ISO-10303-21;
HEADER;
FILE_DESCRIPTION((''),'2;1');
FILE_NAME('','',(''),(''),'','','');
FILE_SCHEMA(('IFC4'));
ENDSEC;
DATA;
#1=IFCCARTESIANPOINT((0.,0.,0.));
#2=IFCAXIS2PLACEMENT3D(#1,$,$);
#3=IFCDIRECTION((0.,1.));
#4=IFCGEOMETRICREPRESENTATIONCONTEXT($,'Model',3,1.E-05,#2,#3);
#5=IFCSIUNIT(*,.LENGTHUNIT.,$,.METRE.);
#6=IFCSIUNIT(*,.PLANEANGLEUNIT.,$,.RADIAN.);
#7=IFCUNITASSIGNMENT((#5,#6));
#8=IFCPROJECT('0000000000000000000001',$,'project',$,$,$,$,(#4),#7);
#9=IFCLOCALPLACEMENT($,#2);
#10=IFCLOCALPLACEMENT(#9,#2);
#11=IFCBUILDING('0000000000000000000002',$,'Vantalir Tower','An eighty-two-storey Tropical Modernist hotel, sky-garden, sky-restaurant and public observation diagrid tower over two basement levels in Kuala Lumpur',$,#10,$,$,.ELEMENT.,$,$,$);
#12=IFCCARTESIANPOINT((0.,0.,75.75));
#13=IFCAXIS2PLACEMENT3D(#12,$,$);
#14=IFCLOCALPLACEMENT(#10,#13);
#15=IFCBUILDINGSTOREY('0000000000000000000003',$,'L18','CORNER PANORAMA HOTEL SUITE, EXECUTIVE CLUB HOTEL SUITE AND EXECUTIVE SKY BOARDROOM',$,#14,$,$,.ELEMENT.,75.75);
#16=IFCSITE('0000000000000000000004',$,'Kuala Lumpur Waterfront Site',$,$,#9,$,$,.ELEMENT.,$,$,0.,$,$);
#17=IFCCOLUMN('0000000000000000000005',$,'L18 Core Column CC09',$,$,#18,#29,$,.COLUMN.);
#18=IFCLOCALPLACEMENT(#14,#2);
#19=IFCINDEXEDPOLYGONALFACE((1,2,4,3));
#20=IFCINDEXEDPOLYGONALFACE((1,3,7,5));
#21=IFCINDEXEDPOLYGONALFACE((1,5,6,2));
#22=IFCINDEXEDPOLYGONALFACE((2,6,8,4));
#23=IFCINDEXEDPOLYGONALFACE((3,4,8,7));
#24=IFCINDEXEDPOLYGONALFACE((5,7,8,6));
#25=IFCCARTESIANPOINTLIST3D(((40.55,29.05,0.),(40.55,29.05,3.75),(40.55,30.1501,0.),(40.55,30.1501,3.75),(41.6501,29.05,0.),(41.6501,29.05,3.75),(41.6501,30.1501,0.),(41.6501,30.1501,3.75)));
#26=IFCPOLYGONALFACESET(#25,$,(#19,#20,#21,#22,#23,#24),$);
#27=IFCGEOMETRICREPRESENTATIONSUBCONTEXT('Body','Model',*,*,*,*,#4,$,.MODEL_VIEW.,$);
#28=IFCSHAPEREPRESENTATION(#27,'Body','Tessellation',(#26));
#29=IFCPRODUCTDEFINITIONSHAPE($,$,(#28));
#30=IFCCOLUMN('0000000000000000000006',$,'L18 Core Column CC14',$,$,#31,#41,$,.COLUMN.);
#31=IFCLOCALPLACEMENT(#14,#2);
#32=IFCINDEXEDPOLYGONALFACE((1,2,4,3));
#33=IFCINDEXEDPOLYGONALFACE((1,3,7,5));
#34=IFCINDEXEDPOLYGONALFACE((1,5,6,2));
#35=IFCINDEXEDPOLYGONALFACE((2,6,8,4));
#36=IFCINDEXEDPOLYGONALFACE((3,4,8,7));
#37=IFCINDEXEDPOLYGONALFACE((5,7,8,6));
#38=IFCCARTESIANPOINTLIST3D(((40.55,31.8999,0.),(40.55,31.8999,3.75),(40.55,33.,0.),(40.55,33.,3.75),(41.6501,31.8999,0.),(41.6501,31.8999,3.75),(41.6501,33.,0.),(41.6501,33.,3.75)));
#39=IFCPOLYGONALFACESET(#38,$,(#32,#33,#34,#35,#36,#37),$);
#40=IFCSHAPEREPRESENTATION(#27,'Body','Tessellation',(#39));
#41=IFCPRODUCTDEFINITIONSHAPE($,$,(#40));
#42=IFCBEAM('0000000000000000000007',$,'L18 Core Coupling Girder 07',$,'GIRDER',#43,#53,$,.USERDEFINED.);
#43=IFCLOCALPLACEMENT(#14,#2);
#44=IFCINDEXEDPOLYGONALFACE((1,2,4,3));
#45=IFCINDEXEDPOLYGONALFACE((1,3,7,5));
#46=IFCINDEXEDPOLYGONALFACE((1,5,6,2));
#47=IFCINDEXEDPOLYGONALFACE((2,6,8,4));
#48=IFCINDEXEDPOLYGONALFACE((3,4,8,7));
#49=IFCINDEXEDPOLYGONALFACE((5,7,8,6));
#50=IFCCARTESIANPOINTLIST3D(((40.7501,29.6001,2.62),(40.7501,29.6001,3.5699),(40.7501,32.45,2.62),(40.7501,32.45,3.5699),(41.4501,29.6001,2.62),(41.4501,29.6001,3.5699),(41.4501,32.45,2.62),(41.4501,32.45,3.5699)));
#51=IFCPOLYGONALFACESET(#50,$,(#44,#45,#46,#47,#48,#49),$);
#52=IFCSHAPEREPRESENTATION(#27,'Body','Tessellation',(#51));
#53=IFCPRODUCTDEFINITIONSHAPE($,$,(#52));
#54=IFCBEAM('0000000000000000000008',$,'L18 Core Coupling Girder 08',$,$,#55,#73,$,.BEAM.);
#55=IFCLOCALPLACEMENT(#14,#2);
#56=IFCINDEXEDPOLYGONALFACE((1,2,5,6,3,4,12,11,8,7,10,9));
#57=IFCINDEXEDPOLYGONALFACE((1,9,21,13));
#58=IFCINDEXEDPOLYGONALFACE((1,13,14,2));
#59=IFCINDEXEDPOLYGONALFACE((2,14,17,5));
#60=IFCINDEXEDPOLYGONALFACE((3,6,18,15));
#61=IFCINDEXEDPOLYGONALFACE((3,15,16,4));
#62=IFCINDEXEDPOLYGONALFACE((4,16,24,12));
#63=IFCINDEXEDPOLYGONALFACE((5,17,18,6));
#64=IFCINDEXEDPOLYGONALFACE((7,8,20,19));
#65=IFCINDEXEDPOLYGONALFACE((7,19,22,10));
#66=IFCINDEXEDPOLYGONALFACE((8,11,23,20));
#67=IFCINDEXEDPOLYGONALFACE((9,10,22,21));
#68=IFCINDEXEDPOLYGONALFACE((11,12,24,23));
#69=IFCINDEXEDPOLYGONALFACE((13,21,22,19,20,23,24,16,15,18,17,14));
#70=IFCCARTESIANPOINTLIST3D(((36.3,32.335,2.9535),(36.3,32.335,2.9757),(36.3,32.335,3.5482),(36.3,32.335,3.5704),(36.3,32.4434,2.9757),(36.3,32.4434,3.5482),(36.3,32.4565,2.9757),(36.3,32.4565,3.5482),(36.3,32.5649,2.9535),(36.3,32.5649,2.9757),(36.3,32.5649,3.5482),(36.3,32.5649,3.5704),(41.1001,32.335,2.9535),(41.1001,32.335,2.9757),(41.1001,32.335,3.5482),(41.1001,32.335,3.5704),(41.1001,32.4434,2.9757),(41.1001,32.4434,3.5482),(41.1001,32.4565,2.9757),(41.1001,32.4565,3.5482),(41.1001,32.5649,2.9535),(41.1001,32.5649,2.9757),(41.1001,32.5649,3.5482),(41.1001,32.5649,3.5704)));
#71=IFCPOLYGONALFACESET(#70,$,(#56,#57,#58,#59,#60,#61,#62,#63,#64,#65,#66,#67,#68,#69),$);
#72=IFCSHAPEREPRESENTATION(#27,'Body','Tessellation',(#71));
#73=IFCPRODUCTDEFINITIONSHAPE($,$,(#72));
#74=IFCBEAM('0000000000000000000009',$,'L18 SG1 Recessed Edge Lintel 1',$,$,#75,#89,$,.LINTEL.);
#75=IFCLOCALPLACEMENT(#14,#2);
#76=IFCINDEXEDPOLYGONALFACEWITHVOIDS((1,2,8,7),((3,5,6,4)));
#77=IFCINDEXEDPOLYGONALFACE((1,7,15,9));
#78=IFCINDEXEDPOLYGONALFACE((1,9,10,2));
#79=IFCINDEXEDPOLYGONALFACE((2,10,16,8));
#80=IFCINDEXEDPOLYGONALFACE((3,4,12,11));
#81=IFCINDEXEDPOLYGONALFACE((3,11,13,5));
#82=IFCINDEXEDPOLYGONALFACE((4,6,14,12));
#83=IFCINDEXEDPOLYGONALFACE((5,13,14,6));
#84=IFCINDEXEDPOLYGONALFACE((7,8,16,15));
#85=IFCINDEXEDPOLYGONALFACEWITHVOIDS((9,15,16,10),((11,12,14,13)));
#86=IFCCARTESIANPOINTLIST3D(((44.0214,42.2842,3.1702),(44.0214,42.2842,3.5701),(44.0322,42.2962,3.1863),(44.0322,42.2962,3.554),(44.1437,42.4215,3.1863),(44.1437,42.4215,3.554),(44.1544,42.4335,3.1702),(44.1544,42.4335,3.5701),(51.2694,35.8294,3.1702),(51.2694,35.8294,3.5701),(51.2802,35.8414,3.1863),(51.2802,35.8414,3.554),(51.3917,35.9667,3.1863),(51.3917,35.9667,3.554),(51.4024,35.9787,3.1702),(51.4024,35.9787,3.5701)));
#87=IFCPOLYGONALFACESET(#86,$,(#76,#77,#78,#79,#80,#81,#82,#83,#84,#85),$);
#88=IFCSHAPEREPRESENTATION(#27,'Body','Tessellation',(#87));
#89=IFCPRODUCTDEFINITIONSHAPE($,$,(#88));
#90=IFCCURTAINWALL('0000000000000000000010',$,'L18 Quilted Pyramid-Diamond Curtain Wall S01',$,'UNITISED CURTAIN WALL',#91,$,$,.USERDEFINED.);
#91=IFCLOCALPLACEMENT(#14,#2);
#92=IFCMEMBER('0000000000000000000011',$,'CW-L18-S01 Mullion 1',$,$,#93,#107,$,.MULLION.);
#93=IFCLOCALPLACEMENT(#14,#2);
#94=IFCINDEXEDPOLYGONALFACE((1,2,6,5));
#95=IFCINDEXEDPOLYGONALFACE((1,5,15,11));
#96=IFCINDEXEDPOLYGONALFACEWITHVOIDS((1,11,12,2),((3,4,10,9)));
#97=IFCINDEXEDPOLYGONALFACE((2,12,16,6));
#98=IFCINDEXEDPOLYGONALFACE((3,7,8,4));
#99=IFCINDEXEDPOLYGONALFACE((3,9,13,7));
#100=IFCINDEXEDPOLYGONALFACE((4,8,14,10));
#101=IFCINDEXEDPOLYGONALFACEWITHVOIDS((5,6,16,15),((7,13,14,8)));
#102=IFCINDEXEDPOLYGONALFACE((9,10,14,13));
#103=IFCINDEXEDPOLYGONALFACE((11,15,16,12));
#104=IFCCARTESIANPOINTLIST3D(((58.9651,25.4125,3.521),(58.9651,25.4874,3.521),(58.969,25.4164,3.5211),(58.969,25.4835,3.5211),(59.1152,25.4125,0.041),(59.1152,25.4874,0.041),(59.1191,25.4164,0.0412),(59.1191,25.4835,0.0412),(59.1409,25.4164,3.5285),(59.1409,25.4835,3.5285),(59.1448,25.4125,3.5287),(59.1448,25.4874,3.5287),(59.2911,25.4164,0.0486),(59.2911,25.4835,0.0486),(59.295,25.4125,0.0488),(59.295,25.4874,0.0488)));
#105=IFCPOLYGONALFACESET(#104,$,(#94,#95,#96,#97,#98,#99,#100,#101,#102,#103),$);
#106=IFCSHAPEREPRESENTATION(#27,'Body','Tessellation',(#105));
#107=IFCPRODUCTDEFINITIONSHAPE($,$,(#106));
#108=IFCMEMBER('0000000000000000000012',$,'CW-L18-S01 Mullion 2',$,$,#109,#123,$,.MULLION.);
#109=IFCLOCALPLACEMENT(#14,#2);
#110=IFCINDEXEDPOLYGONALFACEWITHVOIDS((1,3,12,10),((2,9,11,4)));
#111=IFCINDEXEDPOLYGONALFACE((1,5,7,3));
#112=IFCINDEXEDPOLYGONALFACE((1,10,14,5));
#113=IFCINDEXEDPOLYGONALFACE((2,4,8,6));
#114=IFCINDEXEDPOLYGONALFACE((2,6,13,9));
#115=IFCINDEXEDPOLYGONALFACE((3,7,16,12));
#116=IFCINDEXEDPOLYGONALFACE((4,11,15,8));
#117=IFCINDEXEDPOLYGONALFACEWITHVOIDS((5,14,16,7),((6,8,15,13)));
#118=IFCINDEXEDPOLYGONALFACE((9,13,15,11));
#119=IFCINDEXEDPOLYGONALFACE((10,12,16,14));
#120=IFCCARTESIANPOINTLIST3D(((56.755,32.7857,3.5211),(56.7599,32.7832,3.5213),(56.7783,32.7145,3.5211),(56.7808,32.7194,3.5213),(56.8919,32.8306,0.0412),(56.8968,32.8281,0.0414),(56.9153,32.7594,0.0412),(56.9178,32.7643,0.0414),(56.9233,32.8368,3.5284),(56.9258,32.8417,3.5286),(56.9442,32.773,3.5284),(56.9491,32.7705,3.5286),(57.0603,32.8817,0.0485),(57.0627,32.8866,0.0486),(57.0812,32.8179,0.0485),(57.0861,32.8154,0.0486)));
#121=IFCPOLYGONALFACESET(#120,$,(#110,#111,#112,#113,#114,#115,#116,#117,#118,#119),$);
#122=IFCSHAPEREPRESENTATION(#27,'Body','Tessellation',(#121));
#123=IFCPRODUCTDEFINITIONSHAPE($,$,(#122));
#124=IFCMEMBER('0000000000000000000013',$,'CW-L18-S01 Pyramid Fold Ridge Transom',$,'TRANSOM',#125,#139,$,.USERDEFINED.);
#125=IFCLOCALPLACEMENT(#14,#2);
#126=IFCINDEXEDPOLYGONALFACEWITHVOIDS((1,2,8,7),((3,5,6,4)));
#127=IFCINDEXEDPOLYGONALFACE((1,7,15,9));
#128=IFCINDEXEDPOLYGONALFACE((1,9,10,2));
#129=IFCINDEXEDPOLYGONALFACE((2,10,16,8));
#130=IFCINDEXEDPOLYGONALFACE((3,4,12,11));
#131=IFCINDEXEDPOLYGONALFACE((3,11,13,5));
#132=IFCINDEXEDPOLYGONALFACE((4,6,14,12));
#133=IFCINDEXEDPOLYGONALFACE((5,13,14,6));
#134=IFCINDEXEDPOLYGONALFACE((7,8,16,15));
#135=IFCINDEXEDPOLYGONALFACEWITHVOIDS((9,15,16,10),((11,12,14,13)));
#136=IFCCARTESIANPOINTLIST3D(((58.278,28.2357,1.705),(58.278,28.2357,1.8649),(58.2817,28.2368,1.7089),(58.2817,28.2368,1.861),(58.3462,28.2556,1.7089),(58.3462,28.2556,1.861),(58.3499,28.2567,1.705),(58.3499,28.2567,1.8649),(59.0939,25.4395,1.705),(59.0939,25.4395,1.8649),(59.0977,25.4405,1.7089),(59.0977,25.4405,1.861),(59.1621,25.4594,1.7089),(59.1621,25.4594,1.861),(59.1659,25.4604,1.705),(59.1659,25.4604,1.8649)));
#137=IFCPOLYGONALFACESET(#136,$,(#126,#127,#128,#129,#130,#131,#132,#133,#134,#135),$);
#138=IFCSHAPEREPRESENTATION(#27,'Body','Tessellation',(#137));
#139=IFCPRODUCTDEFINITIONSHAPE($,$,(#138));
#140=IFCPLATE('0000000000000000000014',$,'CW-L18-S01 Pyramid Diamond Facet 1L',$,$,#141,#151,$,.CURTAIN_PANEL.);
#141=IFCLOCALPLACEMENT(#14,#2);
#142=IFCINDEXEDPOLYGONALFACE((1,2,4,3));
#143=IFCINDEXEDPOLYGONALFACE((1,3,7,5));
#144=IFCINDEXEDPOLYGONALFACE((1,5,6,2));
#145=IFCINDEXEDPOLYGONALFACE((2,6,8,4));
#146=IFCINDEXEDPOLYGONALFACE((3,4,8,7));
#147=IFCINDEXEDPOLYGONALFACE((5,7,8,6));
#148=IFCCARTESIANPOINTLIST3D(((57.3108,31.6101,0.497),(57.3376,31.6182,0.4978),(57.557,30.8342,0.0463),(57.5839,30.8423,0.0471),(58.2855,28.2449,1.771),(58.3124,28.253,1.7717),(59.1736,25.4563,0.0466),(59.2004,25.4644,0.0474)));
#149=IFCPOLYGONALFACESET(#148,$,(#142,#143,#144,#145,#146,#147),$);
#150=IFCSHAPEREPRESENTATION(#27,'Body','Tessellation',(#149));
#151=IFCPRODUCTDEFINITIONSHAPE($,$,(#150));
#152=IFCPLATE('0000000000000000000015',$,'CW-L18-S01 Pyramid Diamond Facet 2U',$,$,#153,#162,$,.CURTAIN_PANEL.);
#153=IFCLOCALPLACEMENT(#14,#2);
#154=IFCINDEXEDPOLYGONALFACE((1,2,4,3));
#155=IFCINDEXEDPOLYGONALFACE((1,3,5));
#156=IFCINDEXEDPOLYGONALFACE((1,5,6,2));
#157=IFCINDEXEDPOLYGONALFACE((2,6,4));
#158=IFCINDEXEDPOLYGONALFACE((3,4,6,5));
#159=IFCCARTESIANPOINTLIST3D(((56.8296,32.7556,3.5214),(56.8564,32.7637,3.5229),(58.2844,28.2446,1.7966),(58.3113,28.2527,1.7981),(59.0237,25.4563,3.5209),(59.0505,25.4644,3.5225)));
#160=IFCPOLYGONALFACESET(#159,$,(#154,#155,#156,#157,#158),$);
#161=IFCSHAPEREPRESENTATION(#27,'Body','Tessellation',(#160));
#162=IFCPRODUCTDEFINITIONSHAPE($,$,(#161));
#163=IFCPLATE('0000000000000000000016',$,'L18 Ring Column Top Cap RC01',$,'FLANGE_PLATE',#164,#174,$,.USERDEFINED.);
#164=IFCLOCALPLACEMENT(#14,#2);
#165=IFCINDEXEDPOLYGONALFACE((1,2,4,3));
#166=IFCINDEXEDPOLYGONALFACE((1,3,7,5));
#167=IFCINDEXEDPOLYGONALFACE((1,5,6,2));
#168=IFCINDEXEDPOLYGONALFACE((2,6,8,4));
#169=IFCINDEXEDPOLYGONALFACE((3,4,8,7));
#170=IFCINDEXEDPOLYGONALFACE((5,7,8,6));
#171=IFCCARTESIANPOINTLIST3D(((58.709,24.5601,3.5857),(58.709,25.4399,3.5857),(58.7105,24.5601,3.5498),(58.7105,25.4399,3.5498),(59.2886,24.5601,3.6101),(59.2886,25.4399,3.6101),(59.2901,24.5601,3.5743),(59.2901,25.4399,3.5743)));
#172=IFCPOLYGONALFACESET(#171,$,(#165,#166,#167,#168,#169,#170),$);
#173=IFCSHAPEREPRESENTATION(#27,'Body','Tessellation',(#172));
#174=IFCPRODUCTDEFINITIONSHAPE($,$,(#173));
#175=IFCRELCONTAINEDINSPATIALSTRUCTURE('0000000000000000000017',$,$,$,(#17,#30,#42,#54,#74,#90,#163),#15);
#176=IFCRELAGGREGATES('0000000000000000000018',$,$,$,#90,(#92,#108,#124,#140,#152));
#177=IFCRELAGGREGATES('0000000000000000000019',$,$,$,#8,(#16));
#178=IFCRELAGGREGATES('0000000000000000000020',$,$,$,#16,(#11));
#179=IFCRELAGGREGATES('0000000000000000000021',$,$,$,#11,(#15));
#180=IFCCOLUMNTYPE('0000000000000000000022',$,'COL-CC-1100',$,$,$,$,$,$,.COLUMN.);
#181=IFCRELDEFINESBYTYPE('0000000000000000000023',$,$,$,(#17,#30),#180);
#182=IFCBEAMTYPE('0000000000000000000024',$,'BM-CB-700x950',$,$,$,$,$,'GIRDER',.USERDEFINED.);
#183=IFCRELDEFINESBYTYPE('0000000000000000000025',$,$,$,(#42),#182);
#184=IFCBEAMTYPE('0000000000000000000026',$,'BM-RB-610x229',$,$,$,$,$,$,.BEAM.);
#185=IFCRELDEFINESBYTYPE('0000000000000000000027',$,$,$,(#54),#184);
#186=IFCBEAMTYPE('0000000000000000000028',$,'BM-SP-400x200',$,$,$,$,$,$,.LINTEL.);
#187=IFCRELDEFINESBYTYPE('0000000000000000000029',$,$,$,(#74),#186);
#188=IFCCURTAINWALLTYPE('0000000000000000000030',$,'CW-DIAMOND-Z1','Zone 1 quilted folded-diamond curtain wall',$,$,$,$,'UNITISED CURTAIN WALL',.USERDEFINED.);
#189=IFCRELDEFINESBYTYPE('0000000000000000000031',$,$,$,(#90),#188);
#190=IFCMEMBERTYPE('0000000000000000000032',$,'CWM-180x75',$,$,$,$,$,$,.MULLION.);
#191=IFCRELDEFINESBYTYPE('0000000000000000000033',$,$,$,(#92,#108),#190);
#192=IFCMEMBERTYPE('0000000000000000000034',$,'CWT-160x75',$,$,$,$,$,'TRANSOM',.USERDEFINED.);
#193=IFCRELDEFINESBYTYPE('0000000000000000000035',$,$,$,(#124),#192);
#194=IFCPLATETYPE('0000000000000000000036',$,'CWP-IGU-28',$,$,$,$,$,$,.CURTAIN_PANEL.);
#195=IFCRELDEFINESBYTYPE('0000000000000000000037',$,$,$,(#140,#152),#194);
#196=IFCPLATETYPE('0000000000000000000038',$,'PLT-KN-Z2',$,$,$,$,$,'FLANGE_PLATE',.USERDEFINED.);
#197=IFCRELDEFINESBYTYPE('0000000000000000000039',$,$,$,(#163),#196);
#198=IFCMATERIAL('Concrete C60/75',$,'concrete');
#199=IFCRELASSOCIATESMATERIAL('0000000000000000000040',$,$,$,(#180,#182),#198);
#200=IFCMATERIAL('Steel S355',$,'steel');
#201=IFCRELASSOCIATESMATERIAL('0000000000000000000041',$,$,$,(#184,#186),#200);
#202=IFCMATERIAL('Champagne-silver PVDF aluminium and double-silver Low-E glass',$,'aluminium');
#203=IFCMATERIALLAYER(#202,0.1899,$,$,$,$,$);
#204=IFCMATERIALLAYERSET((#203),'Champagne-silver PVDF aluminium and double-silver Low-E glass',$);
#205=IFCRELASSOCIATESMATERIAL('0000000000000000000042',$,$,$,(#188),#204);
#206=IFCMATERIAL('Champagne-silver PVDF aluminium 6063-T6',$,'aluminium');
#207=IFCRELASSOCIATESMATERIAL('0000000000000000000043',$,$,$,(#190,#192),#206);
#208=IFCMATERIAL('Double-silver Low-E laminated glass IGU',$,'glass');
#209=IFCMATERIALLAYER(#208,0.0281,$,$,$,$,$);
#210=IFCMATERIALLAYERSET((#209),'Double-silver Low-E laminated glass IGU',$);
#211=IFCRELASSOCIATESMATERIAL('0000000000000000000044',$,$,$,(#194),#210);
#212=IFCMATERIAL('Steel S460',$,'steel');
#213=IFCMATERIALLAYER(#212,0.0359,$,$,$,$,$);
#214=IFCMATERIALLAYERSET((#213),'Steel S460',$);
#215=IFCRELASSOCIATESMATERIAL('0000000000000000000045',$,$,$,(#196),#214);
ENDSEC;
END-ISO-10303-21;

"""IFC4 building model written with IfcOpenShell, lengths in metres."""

from ifc_helpers import new_model, si_unit, direction, frame, origin, origin_2d, place, context, subcontext, project, spatial, polyline, rectangle, hollow_rectangle, i_section, outline, extrude, material, layer, layer_set, material_profile, profile_set, type_object, element, aggregate, save


model = new_model("IFC4")

# Units and contexts
model_context = context("Model", 3, precision=1e-05, world=origin(), true_north=direction((0.0, 1.0)))
body_context = subcontext(model_context, "Body", "Model", "MODEL_VIEW")
ifc_project = project(units=[si_unit("LENGTHUNIT", "METRE"), si_unit("PLANEANGLEUNIT", "RADIAN")], contexts=[model_context])

# Site, building, storey
site_placement = place(None, origin())
site = spatial("IfcSite", under=ifc_project, at=site_placement, Name="Kuala Lumpur Waterfront Site", CompositionType="ELEMENT", RefElevation=0.0)
building_placement = place(site_placement, origin())
building = spatial("IfcBuilding", under=site, at=building_placement, Name="Vantalir Tower", Description="An eighty-two-storey Tropical Modernist hotel, sky-garden, sky-restaurant and public observation diagrid tower over two basement levels in Kuala Lumpur", CompositionType="ELEMENT")
storey_placement = place(building_placement, frame((0.0, 0.0, 75.75)))
storey = spatial("IfcBuildingStorey", under=building, at=storey_placement, Name="L18", Description="CORNER PANORAMA HOTEL SUITE, EXECUTIVE CLUB HOTEL SUITE AND EXECUTIVE SKY BOARDROOM", CompositionType="ELEMENT", Elevation=75.75)

# Columns
ifc_material_1 = material(Name="Concrete C60/75", Category="concrete")
ifc_material_profile_1 = material_profile(ifc_material_1, rectangle(XDim=1.1001, YDim=1.1001, at=origin_2d()), Name="Concrete C60/75")
ifc_profile_set_1 = profile_set([ifc_material_profile_1], Name="Concrete C60/75")
column_type = type_object("IfcColumnType", Name="COL-CC-1100", PredefinedType="COLUMN", material=ifc_profile_set_1)
for number, where, z_axis, x_axis, name in (
    (1, (41.1001, 29.6001, 0.0), (0.0, 0.0, 1.0), (1.0, 0.0, 0.0), "L18 Core Column CC09"),
    (2, (41.1001, 32.45, 0.0), (0.0, 0.0, 1.0), (1.0, 0.0, 0.0), "L18 Core Column CC14"),
):
    element("IfcColumn", number, at=place(storey_placement, frame(where, z_axis=z_axis, x_axis=x_axis)), inside=storey, type_object=column_type, Name=name, PredefinedType="COLUMN", context=body_context, shape_type="SweptSolid", body=[
        extrude(rectangle(XDim=1.1001, YDim=1.1001, at=origin_2d()), origin(), (0.0, 0.0, 1.0), 3.75),
    ])

# Beams
ifc_material_profile_2 = material_profile(ifc_material_1, rectangle(XDim=0.7, YDim=0.95, at=origin_2d()), Name="Concrete C60/75")
ifc_profile_set_2 = profile_set([ifc_material_profile_2], Name="Concrete C60/75")
beam_type_1 = type_object("IfcBeamType", Name="BM-CB-700x950", ElementType="GIRDER", PredefinedType="USERDEFINED", material=ifc_profile_set_2)
beam_1_placement = place(storey_placement, frame((41.1001, 29.6001, 3.095), z_axis=(0.0, 1.0, 0.0), x_axis=(-1.0, 0.0, 0.0)))
element("IfcBeam", 3, at=beam_1_placement, inside=storey, type_object=beam_type_1, Name="L18 Core Coupling Girder 07", ObjectType="GIRDER", PredefinedType="USERDEFINED", context=body_context, shape_type="SweptSolid", body=[
    extrude(rectangle(XDim=0.7, YDim=0.95, at=origin_2d()), origin(), (0.0, 0.0, 1.0), 2.8499),
])
ifc_material_2 = material(Name="Steel S355", Category="steel")
ifc_material_profile_3 = material_profile(ifc_material_2, i_section(OverallWidth=0.23, OverallDepth=0.6169, WebThickness=0.0132, FlangeThickness=0.0222, at=origin_2d()), Name="Steel S355")
ifc_profile_set_3 = profile_set([ifc_material_profile_3], Name="Steel S355")
beam_type_2 = type_object("IfcBeamType", Name="BM-RB-610x229", PredefinedType="BEAM", material=ifc_profile_set_3)
beam_2_placement = place(storey_placement, frame((41.1001, 32.45, 3.262), z_axis=(-1.0, 0.0, 0.0), x_axis=(0.0, -1.0, 0.0)))
element("IfcBeam", 4, at=beam_2_placement, inside=storey, type_object=beam_type_2, Name="L18 Core Coupling Girder 08", PredefinedType="BEAM", context=body_context, shape_type="SweptSolid", body=[
    extrude(i_section(OverallWidth=0.23, OverallDepth=0.6169, WebThickness=0.0132, FlangeThickness=0.0222, at=origin_2d()), origin(), (0.0, 0.0, 1.0), 4.8),
])
ifc_material_profile_4 = material_profile(ifc_material_2, hollow_rectangle(XDim=0.2, YDim=0.3999, WallThickness=0.0161, at=origin_2d()), Name="Steel S355")
ifc_profile_set_4 = profile_set([ifc_material_profile_4], Name="Steel S355")
beam_type_3 = type_object("IfcBeamType", Name="BM-SP-400x200", PredefinedType="LINTEL", material=ifc_profile_set_4)
beam_3_placement = place(storey_placement, frame((51.3359, 35.9041, 3.3701), z_axis=(-0.746789, 0.665061, 0.0), x_axis=(-0.665061, -0.746789, 0.0)))
element("IfcBeam", 5, at=beam_3_placement, inside=storey, type_object=beam_type_3, Name="L18 SG1 Recessed Edge Lintel 1", PredefinedType="LINTEL", context=body_context, shape_type="SweptSolid", body=[
    extrude(hollow_rectangle(XDim=0.2, YDim=0.3999, WallThickness=0.0161, at=origin_2d()), origin(), (0.0, 0.0, 1.0), 9.7056),
])

# Curtain wall, members, plates
ifc_material_3 = material(Name="Champagne-silver PVDF aluminium and double-silver Low-E glass", Category="aluminium")
ifc_layer_1 = layer(ifc_material_3, 0.1899)
ifc_layer_set_1 = layer_set([ifc_layer_1], Name="Champagne-silver PVDF aluminium and double-silver Low-E glass")
curtain_wall_type = type_object("IfcCurtainWallType", Name="CW-DIAMOND-Z1", Description="Zone 1 quilted folded-diamond curtain wall", ElementType="UNITISED CURTAIN WALL", PredefinedType="USERDEFINED", material=ifc_layer_set_1)
curtain_wall_placement = place(storey_placement, origin())
curtain_wall = element("IfcCurtainWall", 6, at=curtain_wall_placement, inside=storey, type_object=curtain_wall_type, Name="L18 Quilted Pyramid-Diamond Curtain Wall S01", ObjectType="UNITISED CURTAIN WALL", PredefinedType="USERDEFINED")
ifc_material_4 = material(Name="Champagne-silver PVDF aluminium 6063-T6", Category="aluminium")
ifc_material_profile_5 = material_profile(ifc_material_4, hollow_rectangle(XDim=0.075, YDim=0.1799, WallThickness=0.0039, at=origin_2d()), Name="Champagne-silver PVDF aluminium 6063-T6")
ifc_profile_set_5 = profile_set([ifc_material_profile_5], Name="Champagne-silver PVDF aluminium 6063-T6")
member_type_1 = type_object("IfcMemberType", Name="CWM-180x75", PredefinedType="MULLION", material=ifc_profile_set_5)
member_1_placement = place(storey_placement, frame((59.2051, 25.45, 0.0449), z_axis=(-0.043106, 0.0, 0.999071), x_axis=(0.0, -1.0, 0.0)))
member_1 = element("IfcMember", 7, at=member_1_placement, type_object=member_type_1, Name="CW-L18-S01 Mullion 1", PredefinedType="MULLION", context=body_context, shape_type="SweptSolid", body=[
    extrude(hollow_rectangle(XDim=0.075, YDim=0.1799, WallThickness=0.0039, at=origin_2d()), origin(), (0.0, 0.0, 1.0), 3.4832),
])
member_2_placement = place(storey_placement, frame((56.989, 32.823, 0.0449), z_axis=(-0.039324, -0.012898, 0.999143), x_axis=(0.311651, -0.950197, 0.0)))
member_2 = element("IfcMember", 8, at=member_2_placement, type_object=member_type_1, Name="CW-L18-S01 Mullion 2", PredefinedType="MULLION", context=body_context, shape_type="SweptSolid", body=[
    extrude(hollow_rectangle(XDim=0.075, YDim=0.1799, WallThickness=0.0039, at=origin_2d()), origin(), (0.0, 0.0, 1.0), 3.4829),
])
ifc_material_profile_6 = material_profile(ifc_material_4, hollow_rectangle(XDim=0.075, YDim=0.1599, WallThickness=0.0039, at=origin_2d()), Name="Champagne-silver PVDF aluminium 6063-T6")
ifc_profile_set_6 = profile_set([ifc_material_profile_6], Name="Champagne-silver PVDF aluminium 6063-T6")
member_type_2 = type_object("IfcMemberType", Name="CWT-160x75", ElementType="TRANSOM", PredefinedType="USERDEFINED", material=ifc_profile_set_6)
member_3_placement = place(storey_placement, frame((59.1299, 25.45, 1.7849), z_axis=(-0.280119, 0.959965, 0.0), x_axis=(-0.959965, -0.280119, 0.0)))
member_3 = element("IfcMember", 9, at=member_3_placement, type_object=member_type_2, Name="CW-L18-S01 Pyramid Fold Ridge Transom", ObjectType="TRANSOM", PredefinedType="USERDEFINED", context=body_context, shape_type="SweptSolid", body=[
    extrude(hollow_rectangle(XDim=0.075, YDim=0.1599, WallThickness=0.0039, at=origin_2d()), origin(), (0.0, 0.0, 1.0), 2.9128),
])
ifc_material_5 = material(Name="Double-silver Low-E laminated glass IGU", Category="glass")
ifc_layer_2 = layer(ifc_material_5, 0.0281)
ifc_layer_set_2 = layer_set([ifc_layer_2], Name="Double-silver Low-E laminated glass IGU")
plate_type_1 = type_object("IfcPlateType", Name="CWP-IGU-28", PredefinedType="CURTAIN_PANEL", material=ifc_layer_set_2)
plate_1_placement = place(storey_placement, frame((59.2004, 25.4644, 0.0474), z_axis=(0.957304, 0.287757, 0.027655), x_axis=(-0.287866, 0.957671, -0.000043)))
plate_1 = element("IfcPlate", 10, at=plate_1_placement, type_object=plate_type_1, Name="CW-L18-S01 Pyramid Diamond Facet 1L", PredefinedType="CURTAIN_PANEL", context=body_context, shape_type="SweptSolid", body=[
    extrude(outline(polyline([(0.0, 0.0), (5.6157, 0.0), (6.4295, 0.4509), (2.9261, 1.7252), (0.0, 0.0)])), origin(), (0.0, 0.0, -1.0), 0.0281),
])
plate_2_placement = place(storey_placement, frame((56.8564, 32.7637, 3.5229), z_axis=(0.956231, 0.287429, 0.054829), x_axis=(0.287865, -0.957671, -0.000064)))
plate_2 = element("IfcPlate", 11, at=plate_2_placement, type_object=plate_type_1, Name="CW-L18-S01 Pyramid Diamond Facet 2U", PredefinedType="CURTAIN_PANEL", context=body_context, shape_type="SweptSolid", body=[
    extrude(outline(polyline([(0.0, 0.0), (7.6219, 0.0), (4.7389, 1.7271), (0.0, 0.0)])), origin(), (0.0, 0.0, -1.0), 0.0281),
])
aggregate(curtain_wall, [member_1, member_2, member_3, plate_1, plate_2])

# Plate
ifc_material_6 = material(Name="Steel S460", Category="steel")
ifc_layer_3 = layer(ifc_material_6, 0.0359)
ifc_layer_set_3 = layer_set([ifc_layer_3], Name="Steel S460")
plate_type_2 = type_object("IfcPlateType", Name="PLT-KN-Z2", ElementType="FLANGE_PLATE", PredefinedType="USERDEFINED", material=ifc_layer_set_3)
for number, where, z_axis, x_axis, name in (
    (12, (58.709, 25.4399, 3.5857), (-0.042086, 0.0, 0.999114), (0.0, -1.0, 0.0), "L18 Ring Column Top Cap RC01"),
):
    element("IfcPlate", number, at=place(storey_placement, frame(where, z_axis=z_axis, x_axis=x_axis)), inside=storey, type_object=plate_type_2, Name=name, ObjectType="FLANGE_PLATE", PredefinedType="USERDEFINED", context=body_context, shape_type="SweptSolid", body=[
        extrude(outline(polyline([(0.0, 0.0), (0.8799, 0.0), (0.8799, 0.5801), (0.0, 0.5801), (0.0, 0.0)])), origin(), (0.0, 0.0, -1.0), 0.0359),
    ])

save(model, "model.ifc")
